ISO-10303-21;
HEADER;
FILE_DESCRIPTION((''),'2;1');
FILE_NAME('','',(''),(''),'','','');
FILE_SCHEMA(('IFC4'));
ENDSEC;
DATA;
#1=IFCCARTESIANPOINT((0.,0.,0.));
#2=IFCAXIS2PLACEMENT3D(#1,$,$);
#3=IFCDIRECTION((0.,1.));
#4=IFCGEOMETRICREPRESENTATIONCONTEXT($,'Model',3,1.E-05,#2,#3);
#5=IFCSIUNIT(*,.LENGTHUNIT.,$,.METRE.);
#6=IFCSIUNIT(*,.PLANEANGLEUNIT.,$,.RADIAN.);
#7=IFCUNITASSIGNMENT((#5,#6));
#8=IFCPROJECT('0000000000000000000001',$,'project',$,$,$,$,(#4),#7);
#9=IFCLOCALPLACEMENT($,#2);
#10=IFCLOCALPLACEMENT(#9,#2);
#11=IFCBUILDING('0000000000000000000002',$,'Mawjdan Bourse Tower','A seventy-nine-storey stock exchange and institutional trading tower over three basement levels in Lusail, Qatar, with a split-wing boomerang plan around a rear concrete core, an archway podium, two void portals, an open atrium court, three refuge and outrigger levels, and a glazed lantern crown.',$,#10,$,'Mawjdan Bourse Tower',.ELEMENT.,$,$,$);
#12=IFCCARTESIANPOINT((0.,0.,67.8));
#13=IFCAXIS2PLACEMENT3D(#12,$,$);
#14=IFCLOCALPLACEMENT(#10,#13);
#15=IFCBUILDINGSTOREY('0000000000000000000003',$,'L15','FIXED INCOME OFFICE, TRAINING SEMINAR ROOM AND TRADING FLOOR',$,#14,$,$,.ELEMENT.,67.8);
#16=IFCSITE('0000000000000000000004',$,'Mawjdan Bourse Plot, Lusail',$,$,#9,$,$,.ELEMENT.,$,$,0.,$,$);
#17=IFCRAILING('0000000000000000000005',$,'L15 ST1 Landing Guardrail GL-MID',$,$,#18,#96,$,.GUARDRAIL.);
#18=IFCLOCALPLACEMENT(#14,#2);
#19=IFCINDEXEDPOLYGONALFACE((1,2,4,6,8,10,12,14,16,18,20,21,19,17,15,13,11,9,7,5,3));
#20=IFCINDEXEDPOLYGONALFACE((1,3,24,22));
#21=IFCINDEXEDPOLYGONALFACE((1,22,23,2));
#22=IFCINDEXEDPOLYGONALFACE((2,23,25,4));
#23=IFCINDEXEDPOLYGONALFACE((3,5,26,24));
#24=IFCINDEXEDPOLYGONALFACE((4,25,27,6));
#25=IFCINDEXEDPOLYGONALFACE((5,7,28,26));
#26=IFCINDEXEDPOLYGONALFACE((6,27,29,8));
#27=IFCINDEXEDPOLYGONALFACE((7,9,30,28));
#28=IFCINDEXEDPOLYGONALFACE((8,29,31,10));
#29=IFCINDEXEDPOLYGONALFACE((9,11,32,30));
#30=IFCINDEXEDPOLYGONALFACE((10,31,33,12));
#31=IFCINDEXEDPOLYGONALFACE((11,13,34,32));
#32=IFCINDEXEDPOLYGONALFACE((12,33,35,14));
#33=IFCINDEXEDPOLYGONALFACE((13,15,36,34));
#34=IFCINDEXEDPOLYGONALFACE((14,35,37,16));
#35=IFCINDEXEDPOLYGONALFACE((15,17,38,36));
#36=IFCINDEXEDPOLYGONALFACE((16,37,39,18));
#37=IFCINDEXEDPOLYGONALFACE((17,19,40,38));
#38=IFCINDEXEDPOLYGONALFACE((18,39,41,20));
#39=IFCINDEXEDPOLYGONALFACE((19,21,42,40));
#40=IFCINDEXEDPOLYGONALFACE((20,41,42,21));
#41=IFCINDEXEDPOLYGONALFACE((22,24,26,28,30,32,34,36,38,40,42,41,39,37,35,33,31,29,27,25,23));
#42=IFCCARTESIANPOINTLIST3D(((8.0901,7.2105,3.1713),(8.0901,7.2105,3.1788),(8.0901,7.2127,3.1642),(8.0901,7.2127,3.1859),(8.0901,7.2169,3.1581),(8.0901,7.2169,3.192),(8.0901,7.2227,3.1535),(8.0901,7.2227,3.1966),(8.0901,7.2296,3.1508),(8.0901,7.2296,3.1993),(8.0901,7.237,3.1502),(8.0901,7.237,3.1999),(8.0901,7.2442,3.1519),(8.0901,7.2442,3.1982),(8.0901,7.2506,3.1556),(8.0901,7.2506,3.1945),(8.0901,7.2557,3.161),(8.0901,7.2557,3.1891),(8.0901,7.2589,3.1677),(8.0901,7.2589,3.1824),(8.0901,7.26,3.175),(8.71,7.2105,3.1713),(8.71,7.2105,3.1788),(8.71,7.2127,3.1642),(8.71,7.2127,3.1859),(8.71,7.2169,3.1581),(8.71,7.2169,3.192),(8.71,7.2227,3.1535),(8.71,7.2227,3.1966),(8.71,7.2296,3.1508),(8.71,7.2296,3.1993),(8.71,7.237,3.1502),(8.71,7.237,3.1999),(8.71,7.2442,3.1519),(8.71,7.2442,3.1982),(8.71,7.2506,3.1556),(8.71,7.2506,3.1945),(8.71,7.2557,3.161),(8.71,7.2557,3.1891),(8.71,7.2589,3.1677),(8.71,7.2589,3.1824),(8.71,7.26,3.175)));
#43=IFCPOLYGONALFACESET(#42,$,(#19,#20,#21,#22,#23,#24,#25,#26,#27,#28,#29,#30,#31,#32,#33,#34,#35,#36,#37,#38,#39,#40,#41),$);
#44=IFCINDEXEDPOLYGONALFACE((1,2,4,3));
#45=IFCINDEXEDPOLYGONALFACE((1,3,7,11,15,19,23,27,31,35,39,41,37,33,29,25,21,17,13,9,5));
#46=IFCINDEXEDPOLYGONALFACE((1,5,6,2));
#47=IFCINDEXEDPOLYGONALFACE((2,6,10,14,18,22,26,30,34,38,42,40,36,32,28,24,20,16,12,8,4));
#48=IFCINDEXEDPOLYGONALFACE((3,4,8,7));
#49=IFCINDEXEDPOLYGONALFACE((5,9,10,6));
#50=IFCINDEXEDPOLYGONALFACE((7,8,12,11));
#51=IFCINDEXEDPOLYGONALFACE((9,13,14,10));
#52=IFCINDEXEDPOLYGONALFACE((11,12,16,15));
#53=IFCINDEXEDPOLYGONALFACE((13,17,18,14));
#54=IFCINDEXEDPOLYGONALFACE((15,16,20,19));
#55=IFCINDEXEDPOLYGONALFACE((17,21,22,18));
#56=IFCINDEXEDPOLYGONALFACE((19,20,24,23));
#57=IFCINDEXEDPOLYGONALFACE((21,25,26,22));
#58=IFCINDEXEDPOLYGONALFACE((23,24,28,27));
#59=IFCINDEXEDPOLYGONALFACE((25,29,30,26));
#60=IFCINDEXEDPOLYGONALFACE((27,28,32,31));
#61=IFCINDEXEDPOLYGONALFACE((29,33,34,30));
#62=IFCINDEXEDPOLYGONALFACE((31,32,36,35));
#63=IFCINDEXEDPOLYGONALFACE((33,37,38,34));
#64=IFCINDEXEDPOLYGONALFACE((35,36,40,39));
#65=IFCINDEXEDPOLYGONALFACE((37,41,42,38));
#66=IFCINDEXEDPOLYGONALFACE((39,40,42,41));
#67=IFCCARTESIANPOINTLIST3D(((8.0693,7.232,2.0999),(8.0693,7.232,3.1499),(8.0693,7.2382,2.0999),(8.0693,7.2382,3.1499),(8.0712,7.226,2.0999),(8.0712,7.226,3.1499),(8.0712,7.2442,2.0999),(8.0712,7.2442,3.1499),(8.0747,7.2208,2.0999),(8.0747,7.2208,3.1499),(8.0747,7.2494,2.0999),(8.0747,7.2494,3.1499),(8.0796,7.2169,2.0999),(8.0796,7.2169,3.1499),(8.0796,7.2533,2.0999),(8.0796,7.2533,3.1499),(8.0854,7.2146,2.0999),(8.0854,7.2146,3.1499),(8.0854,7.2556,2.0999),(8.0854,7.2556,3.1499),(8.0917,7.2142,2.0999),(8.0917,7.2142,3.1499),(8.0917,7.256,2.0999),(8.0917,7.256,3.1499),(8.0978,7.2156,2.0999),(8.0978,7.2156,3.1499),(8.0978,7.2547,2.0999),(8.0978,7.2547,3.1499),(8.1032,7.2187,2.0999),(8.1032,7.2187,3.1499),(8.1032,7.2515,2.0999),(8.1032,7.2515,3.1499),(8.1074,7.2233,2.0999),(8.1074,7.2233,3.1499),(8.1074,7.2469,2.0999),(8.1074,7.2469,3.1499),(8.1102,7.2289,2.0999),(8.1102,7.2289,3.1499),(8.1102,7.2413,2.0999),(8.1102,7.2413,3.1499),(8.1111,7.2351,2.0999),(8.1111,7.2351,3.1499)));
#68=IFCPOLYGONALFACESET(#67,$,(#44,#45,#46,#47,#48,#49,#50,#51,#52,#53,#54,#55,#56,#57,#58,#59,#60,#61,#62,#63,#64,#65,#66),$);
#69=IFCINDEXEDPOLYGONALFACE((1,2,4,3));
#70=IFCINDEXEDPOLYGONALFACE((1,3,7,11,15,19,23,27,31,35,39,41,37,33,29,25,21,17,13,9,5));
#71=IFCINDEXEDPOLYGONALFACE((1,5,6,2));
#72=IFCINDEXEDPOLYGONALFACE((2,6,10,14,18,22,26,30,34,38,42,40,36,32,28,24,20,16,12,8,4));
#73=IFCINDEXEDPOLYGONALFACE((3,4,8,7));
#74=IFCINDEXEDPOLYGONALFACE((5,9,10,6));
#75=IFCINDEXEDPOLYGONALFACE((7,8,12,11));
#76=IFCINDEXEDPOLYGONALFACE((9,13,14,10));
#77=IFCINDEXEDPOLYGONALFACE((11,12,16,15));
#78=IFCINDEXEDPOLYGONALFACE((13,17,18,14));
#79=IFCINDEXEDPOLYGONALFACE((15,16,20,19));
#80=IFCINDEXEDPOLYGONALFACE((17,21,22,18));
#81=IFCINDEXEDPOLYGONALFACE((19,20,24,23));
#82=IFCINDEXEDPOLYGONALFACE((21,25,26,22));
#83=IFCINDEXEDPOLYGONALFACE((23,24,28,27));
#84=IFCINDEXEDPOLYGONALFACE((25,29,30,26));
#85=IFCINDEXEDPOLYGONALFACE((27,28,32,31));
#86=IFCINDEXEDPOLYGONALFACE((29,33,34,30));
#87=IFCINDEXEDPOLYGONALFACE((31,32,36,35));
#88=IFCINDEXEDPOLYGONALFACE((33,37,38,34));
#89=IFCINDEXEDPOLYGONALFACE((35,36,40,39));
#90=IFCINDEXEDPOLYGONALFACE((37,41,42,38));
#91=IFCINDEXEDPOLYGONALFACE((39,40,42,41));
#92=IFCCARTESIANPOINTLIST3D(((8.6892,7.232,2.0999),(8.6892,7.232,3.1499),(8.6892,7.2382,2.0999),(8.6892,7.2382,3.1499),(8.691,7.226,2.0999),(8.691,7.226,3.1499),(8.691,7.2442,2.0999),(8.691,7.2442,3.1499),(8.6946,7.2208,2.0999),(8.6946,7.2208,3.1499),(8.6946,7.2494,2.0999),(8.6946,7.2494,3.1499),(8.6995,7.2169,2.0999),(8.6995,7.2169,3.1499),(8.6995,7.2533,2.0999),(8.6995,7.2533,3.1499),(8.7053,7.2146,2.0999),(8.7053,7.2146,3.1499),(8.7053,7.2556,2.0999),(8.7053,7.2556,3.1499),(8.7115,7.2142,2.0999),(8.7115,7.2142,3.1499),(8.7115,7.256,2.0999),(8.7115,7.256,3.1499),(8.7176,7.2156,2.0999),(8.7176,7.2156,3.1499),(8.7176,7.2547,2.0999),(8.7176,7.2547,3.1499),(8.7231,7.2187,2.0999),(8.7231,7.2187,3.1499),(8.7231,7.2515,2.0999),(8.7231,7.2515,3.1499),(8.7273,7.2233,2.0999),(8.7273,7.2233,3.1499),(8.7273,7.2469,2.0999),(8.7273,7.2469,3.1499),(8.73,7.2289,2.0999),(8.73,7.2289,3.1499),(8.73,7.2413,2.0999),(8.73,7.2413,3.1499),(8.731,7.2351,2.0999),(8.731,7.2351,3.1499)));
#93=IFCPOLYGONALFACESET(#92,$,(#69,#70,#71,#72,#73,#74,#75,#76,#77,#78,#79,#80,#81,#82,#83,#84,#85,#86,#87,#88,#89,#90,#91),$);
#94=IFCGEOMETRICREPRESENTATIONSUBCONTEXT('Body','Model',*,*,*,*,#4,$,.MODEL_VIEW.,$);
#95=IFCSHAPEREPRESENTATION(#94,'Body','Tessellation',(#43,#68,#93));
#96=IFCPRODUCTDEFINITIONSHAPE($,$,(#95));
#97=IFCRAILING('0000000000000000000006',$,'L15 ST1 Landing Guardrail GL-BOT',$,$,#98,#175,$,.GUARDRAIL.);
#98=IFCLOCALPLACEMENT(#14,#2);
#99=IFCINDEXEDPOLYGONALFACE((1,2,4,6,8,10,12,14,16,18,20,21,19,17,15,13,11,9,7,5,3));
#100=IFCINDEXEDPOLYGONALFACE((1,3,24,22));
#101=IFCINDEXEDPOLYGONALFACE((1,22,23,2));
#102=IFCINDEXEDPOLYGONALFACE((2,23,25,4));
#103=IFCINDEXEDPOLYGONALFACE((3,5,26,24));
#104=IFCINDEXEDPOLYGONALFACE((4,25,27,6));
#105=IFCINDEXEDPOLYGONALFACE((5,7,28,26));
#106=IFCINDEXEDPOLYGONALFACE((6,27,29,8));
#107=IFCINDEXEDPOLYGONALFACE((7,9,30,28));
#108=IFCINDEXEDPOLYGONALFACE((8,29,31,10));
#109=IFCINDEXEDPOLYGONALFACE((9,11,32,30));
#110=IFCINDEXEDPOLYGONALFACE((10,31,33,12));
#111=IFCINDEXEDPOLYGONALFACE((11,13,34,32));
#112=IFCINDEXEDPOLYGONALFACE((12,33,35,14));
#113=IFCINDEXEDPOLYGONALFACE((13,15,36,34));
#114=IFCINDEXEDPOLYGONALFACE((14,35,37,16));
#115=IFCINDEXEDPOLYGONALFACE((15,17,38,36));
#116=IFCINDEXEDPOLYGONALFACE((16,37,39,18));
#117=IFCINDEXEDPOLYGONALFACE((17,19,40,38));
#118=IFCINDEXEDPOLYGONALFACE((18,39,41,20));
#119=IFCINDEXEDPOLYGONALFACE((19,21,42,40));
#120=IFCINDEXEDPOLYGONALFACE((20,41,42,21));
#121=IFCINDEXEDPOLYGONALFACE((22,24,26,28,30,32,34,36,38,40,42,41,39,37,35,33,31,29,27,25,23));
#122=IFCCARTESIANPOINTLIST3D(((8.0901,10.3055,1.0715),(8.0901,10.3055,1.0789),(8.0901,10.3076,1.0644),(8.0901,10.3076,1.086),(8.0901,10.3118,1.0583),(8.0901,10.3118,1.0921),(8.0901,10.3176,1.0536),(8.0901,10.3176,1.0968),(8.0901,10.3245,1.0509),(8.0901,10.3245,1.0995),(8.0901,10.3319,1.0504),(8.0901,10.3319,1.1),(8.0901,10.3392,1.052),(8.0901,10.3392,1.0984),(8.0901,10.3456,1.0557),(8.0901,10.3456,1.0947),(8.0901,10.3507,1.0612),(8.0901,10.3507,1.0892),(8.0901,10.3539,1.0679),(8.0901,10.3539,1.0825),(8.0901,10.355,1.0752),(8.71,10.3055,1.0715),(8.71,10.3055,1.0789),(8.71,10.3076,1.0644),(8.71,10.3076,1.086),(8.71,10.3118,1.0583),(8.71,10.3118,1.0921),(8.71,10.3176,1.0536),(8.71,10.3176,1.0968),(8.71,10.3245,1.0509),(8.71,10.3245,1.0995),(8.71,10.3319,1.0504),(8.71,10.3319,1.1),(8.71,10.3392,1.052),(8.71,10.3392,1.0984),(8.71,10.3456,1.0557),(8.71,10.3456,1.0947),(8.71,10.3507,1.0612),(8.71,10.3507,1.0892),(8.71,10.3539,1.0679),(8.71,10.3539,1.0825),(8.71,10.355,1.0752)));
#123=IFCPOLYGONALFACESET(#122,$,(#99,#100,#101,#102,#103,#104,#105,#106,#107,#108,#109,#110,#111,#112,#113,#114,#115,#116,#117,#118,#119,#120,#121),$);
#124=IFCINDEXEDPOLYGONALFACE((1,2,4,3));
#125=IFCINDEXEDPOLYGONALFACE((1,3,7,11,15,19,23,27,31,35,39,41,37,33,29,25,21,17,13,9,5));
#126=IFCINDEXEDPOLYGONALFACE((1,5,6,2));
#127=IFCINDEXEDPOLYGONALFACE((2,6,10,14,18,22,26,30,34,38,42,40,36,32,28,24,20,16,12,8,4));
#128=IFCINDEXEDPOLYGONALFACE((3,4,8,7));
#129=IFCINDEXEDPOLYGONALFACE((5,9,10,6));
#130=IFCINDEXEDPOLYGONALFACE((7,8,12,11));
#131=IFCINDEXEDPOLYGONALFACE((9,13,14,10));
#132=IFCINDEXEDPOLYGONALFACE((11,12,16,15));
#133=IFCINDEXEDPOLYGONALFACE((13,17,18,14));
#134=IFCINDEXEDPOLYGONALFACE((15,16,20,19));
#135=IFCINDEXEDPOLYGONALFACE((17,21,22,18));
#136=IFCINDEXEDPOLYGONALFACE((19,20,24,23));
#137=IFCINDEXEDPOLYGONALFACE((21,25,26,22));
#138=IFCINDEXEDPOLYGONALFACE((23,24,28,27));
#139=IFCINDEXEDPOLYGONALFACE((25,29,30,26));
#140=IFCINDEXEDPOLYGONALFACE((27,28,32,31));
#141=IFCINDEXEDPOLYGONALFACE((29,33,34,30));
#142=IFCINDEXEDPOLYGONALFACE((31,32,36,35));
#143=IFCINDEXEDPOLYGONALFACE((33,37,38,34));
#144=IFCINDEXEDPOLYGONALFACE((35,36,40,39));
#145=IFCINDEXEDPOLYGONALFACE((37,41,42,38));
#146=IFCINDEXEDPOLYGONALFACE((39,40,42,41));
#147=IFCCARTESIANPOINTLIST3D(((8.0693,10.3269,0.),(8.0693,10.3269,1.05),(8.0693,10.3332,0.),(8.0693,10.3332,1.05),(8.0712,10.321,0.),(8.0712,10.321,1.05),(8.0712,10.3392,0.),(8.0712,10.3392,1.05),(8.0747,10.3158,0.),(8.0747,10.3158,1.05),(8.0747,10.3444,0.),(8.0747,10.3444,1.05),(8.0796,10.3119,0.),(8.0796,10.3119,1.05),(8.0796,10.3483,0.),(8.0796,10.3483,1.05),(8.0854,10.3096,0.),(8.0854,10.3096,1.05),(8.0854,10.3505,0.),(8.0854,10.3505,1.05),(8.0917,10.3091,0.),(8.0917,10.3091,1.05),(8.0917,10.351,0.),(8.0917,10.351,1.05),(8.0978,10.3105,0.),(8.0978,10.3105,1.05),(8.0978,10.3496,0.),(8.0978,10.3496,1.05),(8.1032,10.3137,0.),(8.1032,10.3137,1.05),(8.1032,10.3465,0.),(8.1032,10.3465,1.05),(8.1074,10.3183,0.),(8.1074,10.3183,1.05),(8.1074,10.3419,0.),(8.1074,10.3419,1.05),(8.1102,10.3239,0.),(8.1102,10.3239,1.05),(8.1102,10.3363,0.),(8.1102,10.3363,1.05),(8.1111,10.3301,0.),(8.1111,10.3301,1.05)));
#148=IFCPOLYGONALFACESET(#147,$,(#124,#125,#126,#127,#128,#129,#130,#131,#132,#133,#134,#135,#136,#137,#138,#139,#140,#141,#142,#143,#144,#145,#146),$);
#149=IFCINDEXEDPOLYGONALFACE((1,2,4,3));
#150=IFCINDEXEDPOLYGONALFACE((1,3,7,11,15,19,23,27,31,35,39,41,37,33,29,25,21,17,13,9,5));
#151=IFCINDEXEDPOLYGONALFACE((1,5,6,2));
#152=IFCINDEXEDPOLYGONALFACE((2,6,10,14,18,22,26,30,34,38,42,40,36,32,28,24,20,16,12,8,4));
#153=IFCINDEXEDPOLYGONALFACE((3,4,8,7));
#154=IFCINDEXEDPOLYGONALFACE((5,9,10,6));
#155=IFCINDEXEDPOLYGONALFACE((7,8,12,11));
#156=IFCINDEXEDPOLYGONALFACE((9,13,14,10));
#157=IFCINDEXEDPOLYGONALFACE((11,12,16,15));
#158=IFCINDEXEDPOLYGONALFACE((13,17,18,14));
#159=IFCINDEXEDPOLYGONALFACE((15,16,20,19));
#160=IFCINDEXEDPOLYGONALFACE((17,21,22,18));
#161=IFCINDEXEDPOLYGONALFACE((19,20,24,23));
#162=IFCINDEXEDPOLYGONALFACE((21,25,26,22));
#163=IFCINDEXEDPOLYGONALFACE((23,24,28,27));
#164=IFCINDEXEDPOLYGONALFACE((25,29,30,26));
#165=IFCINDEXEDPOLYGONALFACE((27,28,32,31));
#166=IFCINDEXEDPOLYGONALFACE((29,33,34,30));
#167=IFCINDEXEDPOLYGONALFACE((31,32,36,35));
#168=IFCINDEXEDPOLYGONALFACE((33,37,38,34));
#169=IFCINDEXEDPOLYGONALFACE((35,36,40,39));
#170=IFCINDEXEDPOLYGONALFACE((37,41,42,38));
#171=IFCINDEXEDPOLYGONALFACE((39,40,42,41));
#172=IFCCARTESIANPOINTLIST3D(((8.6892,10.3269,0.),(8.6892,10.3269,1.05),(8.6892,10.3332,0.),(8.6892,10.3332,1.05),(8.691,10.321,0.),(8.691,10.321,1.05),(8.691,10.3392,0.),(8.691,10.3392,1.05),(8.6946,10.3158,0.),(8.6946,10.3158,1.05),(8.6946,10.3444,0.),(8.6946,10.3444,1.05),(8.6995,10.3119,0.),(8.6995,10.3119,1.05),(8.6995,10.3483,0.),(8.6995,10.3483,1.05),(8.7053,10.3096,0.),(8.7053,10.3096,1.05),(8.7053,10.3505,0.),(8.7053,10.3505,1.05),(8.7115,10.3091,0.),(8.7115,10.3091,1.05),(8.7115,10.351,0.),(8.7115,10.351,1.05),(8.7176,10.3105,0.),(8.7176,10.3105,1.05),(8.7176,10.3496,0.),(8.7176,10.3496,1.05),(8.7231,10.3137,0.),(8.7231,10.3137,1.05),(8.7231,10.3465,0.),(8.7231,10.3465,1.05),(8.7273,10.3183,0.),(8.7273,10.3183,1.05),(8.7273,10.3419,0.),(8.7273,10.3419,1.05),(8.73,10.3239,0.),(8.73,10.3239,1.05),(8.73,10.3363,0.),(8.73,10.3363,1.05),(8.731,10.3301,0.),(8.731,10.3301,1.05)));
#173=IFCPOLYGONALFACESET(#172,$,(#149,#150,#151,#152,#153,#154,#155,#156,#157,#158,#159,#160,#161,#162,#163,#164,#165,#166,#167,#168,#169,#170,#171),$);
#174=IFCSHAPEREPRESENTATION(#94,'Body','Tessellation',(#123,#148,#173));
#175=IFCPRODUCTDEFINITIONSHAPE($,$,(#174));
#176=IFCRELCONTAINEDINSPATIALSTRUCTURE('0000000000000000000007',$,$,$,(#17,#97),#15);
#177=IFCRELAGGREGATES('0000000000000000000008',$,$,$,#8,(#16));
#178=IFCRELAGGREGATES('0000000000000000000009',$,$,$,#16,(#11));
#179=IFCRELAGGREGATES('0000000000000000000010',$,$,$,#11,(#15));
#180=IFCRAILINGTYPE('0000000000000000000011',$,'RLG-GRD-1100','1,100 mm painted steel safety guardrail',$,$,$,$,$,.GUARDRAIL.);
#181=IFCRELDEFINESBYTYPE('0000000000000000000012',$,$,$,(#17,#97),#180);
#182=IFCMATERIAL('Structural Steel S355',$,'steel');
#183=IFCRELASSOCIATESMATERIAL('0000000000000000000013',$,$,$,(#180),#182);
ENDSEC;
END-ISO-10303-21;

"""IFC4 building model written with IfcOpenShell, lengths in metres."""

from ifc_helpers import new_model, si_unit, direction, frame, origin, origin_2d, place, context, subcontext, project, spatial, circle, extrude, material, type_object, element, save


model = new_model("IFC4")

# Units and contexts
model_context = context("Model", 3, precision=1e-05, world=origin(), true_north=direction((0.0, 1.0)))
body_context = subcontext(model_context, "Body", "Model", "MODEL_VIEW")
ifc_project = project(units=[si_unit("LENGTHUNIT", "METRE"), si_unit("PLANEANGLEUNIT", "RADIAN")], contexts=[model_context])

# Site, building, storey
site_placement = place(None, origin())
site = spatial("IfcSite", under=ifc_project, at=site_placement, Name="Mawjdan Bourse Plot, Lusail", CompositionType="ELEMENT", RefElevation=0.0)
building_placement = place(site_placement, origin())
building = spatial("IfcBuilding", under=site, at=building_placement, Name="Mawjdan Bourse Tower", Description="A seventy-nine-storey stock exchange and institutional trading tower over three basement levels in Lusail, Qatar, with a split-wing boomerang plan around a rear concrete core, an archway podium, two void portals, an open atrium court, three refuge and outrigger levels, and a glazed lantern crown.", LongName="Mawjdan Bourse Tower", CompositionType="ELEMENT")
storey_placement = place(building_placement, frame((0.0, 0.0, 67.8)))
storey = spatial("IfcBuildingStorey", under=building, at=storey_placement, Name="L15", Description="FIXED INCOME OFFICE, TRAINING SEMINAR ROOM AND TRADING FLOOR", CompositionType="ELEMENT", Elevation=67.8)

# Railings
ifc_material_1 = material(Name="Structural Steel S355", Category="steel")
railing_type_1 = type_object("IfcRailingType", Name="RLG-GRD-1100", Description="1,100 mm painted steel safety guardrail", PredefinedType="GUARDRAIL", material=ifc_material_1)
for number, where, name in (
    (1, (8.0901, 7.2351, 2.0999), "L15 ST1 Landing Guardrail GL-MID"),
    (2, (8.0901, 10.3301, 0.0), "L15 ST1 Landing Guardrail GL-BOT"),
):
    element("IfcRailing", number, at=place(storey_placement, frame(where)), inside=storey, type_object=railing_type_1, Name=name, PredefinedType="GUARDRAIL", context=body_context, shape_type="SweptSolid", body=[
        extrude(circle(Radius=0.0249, at=origin_2d()), frame((0.0, 0.0, 1.0752), z_axis=(1.0, 0.0, 0.0), x_axis=(0.0, 1.0, 0.0)), (0.0, 0.0, 1.0), 0.6199),
        extrude(circle(Radius=0.021, at=origin_2d()), origin(), (0.0, 0.0, 1.0), 1.05),
        extrude(circle(Radius=0.021, at=origin_2d()), frame((0.6199, 0.0, 0.0)), (0.0, 0.0, 1.0), 1.05),
    ])

save(model, "model.ifc")
